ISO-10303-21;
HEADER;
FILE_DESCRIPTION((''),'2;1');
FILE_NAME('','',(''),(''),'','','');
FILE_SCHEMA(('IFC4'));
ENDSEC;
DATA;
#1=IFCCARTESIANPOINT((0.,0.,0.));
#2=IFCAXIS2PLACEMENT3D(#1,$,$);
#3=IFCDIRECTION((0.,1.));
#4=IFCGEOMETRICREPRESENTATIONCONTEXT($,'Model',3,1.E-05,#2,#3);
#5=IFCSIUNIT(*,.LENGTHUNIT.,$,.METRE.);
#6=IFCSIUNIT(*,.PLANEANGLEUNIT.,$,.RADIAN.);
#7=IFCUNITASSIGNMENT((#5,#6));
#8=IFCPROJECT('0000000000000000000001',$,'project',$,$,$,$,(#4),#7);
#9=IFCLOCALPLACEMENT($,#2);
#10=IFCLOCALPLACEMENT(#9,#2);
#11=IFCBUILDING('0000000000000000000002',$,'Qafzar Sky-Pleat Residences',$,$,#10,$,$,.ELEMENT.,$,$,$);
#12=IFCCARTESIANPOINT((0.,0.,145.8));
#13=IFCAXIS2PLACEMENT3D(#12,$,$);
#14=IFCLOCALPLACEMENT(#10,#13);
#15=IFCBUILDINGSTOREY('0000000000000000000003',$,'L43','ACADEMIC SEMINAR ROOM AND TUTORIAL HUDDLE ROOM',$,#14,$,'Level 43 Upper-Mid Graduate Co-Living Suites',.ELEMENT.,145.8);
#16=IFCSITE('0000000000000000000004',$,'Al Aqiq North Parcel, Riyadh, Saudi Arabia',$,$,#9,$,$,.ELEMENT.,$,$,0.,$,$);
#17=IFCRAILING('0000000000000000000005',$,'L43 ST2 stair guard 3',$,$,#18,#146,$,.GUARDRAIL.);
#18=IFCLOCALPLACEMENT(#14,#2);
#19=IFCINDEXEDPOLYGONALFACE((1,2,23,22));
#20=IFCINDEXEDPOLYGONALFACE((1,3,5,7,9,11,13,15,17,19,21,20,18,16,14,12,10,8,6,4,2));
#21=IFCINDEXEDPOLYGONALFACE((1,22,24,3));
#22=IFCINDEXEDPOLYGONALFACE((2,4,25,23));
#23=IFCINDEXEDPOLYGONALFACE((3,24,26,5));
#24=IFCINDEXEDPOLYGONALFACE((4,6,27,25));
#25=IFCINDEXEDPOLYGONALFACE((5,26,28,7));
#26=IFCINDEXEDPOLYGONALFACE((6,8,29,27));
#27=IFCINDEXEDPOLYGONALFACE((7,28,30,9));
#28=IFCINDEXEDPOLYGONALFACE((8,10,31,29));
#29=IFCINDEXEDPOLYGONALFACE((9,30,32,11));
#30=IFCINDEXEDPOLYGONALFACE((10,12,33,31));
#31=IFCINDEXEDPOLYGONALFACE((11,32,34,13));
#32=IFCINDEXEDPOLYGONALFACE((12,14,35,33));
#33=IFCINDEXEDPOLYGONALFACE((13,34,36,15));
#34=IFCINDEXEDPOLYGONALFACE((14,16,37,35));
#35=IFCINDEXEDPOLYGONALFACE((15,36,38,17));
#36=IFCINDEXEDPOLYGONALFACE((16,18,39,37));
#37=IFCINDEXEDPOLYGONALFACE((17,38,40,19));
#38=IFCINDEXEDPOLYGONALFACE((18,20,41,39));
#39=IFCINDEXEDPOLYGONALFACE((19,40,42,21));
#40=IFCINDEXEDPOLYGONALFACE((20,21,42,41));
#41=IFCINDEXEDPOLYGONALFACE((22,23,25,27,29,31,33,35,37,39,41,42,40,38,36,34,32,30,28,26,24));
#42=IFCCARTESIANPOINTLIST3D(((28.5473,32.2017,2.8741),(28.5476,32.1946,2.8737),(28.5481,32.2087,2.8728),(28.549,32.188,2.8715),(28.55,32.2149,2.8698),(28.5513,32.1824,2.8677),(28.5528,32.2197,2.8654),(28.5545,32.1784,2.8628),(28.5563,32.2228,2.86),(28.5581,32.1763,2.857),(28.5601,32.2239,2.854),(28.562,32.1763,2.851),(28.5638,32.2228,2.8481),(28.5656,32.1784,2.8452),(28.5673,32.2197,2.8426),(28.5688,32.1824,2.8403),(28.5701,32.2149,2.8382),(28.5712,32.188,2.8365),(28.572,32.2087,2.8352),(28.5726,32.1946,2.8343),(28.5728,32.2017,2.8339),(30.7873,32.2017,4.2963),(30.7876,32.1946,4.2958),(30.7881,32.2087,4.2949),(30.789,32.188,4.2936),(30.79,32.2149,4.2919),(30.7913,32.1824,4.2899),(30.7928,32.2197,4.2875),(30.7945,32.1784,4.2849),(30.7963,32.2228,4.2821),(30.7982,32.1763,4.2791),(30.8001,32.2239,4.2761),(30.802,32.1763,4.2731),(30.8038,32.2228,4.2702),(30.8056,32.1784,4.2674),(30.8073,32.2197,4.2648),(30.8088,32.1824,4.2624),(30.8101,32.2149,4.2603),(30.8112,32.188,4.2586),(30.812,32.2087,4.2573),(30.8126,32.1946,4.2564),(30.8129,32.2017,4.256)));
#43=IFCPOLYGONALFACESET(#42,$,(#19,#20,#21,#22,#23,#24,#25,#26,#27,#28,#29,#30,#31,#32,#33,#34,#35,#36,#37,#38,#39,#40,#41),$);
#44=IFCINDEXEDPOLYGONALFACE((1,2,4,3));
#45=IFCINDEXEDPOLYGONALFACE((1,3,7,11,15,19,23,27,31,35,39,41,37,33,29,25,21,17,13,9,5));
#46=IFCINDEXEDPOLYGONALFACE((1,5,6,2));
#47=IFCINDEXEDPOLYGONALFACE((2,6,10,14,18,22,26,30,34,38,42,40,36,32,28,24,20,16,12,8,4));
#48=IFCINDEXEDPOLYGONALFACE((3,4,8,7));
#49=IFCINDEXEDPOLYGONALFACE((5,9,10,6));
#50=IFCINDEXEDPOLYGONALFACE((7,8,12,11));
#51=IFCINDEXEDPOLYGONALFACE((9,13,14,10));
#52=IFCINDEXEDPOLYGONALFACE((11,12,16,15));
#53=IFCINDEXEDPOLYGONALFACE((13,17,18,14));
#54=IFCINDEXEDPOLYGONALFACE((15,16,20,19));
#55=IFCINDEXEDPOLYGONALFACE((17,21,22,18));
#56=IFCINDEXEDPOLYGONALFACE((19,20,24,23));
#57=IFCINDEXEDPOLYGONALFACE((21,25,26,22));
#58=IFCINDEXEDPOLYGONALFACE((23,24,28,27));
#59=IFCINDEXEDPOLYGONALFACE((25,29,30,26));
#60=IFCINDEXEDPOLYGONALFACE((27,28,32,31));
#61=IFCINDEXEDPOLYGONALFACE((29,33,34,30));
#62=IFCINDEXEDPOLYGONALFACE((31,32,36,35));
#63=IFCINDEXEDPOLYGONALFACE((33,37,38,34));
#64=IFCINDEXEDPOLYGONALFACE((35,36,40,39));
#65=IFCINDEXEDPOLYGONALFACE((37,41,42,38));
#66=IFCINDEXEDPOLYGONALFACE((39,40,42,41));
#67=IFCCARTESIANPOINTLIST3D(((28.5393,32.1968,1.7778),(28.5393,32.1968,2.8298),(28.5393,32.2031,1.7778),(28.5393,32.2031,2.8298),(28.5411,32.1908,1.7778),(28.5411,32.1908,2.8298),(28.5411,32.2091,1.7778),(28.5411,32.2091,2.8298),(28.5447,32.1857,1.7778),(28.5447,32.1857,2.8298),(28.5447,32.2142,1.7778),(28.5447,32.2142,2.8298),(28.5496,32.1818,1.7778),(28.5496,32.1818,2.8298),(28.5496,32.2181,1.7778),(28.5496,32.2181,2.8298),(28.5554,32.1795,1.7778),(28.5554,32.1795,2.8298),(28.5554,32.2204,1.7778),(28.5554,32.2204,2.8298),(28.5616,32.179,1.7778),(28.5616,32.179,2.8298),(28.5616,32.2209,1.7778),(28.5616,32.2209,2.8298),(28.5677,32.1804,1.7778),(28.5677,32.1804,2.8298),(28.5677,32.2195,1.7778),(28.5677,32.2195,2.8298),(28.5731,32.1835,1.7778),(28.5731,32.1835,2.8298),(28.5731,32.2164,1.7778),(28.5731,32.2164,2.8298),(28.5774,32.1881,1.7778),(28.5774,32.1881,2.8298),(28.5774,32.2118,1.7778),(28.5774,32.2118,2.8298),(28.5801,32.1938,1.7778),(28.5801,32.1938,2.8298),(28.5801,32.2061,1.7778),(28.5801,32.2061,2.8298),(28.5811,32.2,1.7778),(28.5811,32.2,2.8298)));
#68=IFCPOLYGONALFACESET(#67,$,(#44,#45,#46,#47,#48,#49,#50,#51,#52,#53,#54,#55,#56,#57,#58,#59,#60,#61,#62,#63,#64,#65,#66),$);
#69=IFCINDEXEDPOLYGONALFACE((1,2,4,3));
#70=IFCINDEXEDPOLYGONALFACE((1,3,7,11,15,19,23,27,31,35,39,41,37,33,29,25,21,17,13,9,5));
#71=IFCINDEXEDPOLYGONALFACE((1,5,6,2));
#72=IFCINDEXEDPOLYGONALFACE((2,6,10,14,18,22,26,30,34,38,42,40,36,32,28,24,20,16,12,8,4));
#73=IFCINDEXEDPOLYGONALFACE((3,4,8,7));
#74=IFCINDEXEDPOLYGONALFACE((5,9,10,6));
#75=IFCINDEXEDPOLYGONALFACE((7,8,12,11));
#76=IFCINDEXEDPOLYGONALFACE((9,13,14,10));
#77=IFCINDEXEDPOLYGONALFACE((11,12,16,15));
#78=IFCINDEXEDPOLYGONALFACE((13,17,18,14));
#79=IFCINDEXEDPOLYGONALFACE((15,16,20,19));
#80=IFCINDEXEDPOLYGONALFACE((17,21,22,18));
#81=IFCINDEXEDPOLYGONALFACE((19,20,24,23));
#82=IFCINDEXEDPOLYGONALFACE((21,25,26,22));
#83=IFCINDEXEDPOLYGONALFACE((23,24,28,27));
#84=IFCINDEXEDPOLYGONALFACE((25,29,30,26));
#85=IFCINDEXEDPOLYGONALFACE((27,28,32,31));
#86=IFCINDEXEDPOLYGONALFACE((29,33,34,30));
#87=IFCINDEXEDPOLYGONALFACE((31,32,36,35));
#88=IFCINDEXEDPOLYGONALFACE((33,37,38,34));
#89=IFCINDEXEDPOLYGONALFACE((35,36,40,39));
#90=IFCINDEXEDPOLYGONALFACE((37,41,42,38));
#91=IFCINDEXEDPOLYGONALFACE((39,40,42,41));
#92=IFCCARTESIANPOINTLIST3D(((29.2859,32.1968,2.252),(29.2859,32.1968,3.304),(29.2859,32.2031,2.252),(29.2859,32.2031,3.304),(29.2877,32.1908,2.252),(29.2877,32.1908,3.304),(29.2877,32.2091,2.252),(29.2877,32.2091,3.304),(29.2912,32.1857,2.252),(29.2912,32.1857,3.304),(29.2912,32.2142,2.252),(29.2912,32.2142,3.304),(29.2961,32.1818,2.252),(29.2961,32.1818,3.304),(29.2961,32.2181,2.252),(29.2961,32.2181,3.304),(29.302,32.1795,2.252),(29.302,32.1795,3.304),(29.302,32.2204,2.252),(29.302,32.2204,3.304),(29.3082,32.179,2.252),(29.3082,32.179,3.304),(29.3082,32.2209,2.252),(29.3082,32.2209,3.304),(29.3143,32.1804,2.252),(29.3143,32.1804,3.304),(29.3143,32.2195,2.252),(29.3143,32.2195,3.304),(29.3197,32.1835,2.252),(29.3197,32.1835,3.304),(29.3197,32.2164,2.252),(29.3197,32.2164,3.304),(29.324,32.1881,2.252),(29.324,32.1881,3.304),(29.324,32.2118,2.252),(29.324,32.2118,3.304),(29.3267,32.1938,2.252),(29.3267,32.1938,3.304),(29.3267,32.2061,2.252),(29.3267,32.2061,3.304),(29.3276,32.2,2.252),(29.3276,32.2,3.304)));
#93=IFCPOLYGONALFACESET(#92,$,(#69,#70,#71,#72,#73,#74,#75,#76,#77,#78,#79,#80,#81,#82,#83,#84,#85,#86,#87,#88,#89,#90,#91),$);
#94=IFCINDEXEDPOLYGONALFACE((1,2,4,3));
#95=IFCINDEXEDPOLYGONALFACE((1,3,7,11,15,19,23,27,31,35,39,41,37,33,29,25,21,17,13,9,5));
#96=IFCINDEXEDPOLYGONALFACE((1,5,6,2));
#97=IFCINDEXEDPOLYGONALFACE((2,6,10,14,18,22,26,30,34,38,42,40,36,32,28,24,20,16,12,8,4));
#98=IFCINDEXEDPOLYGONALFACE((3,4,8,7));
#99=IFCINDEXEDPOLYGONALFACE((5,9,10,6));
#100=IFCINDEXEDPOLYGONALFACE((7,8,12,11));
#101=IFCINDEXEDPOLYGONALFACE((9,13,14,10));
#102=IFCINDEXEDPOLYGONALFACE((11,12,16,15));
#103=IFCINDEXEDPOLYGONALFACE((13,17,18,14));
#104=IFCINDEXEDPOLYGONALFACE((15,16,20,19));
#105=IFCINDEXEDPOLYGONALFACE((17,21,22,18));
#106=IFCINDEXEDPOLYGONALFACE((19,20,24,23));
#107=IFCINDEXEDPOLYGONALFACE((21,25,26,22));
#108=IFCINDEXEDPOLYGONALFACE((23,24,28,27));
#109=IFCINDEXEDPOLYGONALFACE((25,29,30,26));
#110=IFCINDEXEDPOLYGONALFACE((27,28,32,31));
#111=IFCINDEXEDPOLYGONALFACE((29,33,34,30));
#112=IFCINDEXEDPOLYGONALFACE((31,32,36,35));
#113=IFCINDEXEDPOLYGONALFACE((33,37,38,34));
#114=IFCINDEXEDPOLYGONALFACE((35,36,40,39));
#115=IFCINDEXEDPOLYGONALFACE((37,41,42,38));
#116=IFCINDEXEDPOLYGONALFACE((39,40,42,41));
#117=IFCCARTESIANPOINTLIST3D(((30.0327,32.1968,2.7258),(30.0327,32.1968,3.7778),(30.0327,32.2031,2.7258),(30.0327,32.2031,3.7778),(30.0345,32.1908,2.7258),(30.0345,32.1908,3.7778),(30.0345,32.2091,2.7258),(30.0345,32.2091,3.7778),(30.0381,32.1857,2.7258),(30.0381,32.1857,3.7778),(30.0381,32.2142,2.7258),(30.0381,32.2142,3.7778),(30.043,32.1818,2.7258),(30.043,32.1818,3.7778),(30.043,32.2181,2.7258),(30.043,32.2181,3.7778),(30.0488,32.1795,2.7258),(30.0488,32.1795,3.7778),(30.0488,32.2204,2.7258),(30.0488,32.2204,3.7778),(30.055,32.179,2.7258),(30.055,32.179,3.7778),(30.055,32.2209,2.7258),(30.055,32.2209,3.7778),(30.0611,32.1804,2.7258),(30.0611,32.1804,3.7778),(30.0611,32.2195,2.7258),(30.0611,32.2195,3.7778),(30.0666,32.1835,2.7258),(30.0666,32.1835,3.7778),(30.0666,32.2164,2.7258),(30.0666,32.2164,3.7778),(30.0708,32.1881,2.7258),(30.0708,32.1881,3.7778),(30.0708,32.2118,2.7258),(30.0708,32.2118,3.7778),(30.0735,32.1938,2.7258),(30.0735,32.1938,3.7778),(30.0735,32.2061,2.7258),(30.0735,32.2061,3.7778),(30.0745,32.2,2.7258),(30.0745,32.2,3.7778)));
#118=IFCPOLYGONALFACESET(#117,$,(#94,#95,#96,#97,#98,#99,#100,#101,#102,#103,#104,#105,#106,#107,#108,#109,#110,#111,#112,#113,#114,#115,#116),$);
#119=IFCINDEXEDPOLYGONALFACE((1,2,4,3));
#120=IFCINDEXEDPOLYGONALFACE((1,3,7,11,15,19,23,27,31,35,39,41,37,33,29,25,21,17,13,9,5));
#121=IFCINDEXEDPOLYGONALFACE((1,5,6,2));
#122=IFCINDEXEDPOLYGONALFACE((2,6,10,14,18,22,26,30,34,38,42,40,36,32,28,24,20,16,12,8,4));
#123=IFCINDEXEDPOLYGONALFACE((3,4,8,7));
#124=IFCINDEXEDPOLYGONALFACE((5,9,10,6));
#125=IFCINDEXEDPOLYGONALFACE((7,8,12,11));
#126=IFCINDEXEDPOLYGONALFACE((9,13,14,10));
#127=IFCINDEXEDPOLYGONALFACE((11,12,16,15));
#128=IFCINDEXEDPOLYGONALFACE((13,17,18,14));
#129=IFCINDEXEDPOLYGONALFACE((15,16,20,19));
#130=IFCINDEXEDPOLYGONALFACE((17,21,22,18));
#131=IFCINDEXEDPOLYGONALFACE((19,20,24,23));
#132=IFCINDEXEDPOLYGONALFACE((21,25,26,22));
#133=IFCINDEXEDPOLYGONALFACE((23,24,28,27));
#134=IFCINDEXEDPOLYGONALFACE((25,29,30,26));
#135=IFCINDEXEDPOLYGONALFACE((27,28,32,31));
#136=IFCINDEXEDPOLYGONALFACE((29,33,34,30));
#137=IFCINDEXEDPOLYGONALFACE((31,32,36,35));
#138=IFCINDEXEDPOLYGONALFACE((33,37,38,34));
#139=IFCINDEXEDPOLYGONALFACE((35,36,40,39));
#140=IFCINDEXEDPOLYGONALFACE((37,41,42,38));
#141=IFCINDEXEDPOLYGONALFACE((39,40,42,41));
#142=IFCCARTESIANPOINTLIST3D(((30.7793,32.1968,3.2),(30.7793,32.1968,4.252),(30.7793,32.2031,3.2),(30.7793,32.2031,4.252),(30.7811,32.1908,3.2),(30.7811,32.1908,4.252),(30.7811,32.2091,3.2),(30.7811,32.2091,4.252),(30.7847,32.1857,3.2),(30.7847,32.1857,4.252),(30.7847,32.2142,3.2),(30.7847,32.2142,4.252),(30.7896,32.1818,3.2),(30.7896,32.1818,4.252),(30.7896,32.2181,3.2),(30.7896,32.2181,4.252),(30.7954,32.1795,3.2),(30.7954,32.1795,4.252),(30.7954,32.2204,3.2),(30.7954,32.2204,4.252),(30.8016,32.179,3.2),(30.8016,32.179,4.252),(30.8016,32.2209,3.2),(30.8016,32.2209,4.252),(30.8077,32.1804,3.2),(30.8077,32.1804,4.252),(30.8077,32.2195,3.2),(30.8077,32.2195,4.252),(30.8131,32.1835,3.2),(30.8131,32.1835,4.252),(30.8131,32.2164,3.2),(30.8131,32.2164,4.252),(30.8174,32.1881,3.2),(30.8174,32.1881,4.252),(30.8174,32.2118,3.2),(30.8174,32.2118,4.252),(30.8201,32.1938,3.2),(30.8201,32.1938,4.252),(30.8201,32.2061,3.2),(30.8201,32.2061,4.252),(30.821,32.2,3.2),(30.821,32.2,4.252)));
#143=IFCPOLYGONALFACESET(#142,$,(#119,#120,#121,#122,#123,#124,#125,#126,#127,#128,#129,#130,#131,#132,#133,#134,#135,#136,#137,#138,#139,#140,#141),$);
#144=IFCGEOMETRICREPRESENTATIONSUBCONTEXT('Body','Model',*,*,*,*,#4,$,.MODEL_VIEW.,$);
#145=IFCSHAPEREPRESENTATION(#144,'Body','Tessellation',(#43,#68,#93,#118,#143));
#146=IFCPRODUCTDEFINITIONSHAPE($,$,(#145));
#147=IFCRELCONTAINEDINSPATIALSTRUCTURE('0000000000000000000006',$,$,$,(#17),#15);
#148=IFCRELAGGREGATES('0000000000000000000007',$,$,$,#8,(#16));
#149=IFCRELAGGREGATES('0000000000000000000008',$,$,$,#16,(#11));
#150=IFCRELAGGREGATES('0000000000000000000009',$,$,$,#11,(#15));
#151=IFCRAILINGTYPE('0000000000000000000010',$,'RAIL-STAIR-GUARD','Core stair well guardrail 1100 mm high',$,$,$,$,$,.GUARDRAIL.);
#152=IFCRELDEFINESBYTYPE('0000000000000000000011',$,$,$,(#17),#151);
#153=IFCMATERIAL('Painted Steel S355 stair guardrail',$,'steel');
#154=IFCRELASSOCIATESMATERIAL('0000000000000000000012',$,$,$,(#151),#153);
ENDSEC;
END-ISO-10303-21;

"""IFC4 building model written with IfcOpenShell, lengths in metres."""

from ifc_helpers import new_model, si_unit, direction, frame, origin, origin_2d, place, context, subcontext, project, spatial, circle, extrude, source, transform, mapped, material, type_object, element, save


model = new_model("IFC4")

# Units and contexts
model_context = context("Model", 3, precision=1e-05, world=origin(), true_north=direction((0.0, 1.0)))
body_context = subcontext(model_context, "Body", "Model", "MODEL_VIEW")
ifc_project = project(units=[si_unit("LENGTHUNIT", "METRE"), si_unit("PLANEANGLEUNIT", "RADIAN")], contexts=[model_context])

# Site, building, storey
site_placement = place(None, origin())
site = spatial("IfcSite", under=ifc_project, at=site_placement, Name="Al Aqiq North Parcel, Riyadh, Saudi Arabia", CompositionType="ELEMENT", RefElevation=0.0)
building_placement = place(site_placement, origin())
building = spatial("IfcBuilding", under=site, at=building_placement, Name="Qafzar Sky-Pleat Residences", CompositionType="ELEMENT")
storey_placement = place(building_placement, frame((0.0, 0.0, 145.8)))
storey = spatial("IfcBuildingStorey", under=building, at=storey_placement, Name="L43", Description="ACADEMIC SEMINAR ROOM AND TUTORIAL HUDDLE ROOM", LongName="Level 43 Upper-Mid Graduate Co-Living Suites", CompositionType="ELEMENT", Elevation=145.8)

# Railing
ifc_material_1 = material(Name="Painted Steel S355 stair guardrail", Category="steel")
railing_type_1 = type_object("IfcRailingType", Name="RAIL-STAIR-GUARD", Description="Core stair well guardrail 1100 mm high", PredefinedType="GUARDRAIL", material=ifc_material_1)
shared_shape_1 = source(origin(), body_context, "Body", "SweptSolid", [
    extrude(circle(Radius=0.0239, at=origin_2d()), frame((0.0, 0.0, 1.0762), z_axis=(0.844229, 0.0, 0.535982), x_axis=(0.0, 1.0, 0.0)), (0.0, 0.0, 1.0), 2.6533),
    extrude(circle(Radius=0.021, at=origin_2d()), origin(), (0.0, 0.0, 1.0), 1.052),
    extrude(circle(Radius=0.021, at=origin_2d()), frame((0.7466, 0.0, 0.4741)), (0.0, 0.0, 1.0), 1.052),
    extrude(circle(Radius=0.021, at=origin_2d()), frame((1.4934, 0.0, 0.948)), (0.0, 0.0, 1.0), 1.052),
    extrude(circle(Radius=0.021, at=origin_2d()), frame((2.24, 0.0, 1.4221)), (0.0, 0.0, 1.0), 1.052),
])
railing_1_placement = place(storey_placement, frame((28.5601, 32.2, 1.7778)))
element("IfcRailing", 1, at=railing_1_placement, inside=storey, type_object=railing_type_1, Name="L43 ST2 stair guard 3", PredefinedType="GUARDRAIL", context=body_context, shape_type="MappedRepresentation", body=[
    mapped(shared_shape_1, transform((0.0, 0.0, 0.0), x_axis=(1.0, 0.0, 0.0), y_axis=(0.0, 1.0, 0.0), z_axis=(0.0, 0.0, 1.0), scale=1.0)),
])

save(model, "model.ifc")
